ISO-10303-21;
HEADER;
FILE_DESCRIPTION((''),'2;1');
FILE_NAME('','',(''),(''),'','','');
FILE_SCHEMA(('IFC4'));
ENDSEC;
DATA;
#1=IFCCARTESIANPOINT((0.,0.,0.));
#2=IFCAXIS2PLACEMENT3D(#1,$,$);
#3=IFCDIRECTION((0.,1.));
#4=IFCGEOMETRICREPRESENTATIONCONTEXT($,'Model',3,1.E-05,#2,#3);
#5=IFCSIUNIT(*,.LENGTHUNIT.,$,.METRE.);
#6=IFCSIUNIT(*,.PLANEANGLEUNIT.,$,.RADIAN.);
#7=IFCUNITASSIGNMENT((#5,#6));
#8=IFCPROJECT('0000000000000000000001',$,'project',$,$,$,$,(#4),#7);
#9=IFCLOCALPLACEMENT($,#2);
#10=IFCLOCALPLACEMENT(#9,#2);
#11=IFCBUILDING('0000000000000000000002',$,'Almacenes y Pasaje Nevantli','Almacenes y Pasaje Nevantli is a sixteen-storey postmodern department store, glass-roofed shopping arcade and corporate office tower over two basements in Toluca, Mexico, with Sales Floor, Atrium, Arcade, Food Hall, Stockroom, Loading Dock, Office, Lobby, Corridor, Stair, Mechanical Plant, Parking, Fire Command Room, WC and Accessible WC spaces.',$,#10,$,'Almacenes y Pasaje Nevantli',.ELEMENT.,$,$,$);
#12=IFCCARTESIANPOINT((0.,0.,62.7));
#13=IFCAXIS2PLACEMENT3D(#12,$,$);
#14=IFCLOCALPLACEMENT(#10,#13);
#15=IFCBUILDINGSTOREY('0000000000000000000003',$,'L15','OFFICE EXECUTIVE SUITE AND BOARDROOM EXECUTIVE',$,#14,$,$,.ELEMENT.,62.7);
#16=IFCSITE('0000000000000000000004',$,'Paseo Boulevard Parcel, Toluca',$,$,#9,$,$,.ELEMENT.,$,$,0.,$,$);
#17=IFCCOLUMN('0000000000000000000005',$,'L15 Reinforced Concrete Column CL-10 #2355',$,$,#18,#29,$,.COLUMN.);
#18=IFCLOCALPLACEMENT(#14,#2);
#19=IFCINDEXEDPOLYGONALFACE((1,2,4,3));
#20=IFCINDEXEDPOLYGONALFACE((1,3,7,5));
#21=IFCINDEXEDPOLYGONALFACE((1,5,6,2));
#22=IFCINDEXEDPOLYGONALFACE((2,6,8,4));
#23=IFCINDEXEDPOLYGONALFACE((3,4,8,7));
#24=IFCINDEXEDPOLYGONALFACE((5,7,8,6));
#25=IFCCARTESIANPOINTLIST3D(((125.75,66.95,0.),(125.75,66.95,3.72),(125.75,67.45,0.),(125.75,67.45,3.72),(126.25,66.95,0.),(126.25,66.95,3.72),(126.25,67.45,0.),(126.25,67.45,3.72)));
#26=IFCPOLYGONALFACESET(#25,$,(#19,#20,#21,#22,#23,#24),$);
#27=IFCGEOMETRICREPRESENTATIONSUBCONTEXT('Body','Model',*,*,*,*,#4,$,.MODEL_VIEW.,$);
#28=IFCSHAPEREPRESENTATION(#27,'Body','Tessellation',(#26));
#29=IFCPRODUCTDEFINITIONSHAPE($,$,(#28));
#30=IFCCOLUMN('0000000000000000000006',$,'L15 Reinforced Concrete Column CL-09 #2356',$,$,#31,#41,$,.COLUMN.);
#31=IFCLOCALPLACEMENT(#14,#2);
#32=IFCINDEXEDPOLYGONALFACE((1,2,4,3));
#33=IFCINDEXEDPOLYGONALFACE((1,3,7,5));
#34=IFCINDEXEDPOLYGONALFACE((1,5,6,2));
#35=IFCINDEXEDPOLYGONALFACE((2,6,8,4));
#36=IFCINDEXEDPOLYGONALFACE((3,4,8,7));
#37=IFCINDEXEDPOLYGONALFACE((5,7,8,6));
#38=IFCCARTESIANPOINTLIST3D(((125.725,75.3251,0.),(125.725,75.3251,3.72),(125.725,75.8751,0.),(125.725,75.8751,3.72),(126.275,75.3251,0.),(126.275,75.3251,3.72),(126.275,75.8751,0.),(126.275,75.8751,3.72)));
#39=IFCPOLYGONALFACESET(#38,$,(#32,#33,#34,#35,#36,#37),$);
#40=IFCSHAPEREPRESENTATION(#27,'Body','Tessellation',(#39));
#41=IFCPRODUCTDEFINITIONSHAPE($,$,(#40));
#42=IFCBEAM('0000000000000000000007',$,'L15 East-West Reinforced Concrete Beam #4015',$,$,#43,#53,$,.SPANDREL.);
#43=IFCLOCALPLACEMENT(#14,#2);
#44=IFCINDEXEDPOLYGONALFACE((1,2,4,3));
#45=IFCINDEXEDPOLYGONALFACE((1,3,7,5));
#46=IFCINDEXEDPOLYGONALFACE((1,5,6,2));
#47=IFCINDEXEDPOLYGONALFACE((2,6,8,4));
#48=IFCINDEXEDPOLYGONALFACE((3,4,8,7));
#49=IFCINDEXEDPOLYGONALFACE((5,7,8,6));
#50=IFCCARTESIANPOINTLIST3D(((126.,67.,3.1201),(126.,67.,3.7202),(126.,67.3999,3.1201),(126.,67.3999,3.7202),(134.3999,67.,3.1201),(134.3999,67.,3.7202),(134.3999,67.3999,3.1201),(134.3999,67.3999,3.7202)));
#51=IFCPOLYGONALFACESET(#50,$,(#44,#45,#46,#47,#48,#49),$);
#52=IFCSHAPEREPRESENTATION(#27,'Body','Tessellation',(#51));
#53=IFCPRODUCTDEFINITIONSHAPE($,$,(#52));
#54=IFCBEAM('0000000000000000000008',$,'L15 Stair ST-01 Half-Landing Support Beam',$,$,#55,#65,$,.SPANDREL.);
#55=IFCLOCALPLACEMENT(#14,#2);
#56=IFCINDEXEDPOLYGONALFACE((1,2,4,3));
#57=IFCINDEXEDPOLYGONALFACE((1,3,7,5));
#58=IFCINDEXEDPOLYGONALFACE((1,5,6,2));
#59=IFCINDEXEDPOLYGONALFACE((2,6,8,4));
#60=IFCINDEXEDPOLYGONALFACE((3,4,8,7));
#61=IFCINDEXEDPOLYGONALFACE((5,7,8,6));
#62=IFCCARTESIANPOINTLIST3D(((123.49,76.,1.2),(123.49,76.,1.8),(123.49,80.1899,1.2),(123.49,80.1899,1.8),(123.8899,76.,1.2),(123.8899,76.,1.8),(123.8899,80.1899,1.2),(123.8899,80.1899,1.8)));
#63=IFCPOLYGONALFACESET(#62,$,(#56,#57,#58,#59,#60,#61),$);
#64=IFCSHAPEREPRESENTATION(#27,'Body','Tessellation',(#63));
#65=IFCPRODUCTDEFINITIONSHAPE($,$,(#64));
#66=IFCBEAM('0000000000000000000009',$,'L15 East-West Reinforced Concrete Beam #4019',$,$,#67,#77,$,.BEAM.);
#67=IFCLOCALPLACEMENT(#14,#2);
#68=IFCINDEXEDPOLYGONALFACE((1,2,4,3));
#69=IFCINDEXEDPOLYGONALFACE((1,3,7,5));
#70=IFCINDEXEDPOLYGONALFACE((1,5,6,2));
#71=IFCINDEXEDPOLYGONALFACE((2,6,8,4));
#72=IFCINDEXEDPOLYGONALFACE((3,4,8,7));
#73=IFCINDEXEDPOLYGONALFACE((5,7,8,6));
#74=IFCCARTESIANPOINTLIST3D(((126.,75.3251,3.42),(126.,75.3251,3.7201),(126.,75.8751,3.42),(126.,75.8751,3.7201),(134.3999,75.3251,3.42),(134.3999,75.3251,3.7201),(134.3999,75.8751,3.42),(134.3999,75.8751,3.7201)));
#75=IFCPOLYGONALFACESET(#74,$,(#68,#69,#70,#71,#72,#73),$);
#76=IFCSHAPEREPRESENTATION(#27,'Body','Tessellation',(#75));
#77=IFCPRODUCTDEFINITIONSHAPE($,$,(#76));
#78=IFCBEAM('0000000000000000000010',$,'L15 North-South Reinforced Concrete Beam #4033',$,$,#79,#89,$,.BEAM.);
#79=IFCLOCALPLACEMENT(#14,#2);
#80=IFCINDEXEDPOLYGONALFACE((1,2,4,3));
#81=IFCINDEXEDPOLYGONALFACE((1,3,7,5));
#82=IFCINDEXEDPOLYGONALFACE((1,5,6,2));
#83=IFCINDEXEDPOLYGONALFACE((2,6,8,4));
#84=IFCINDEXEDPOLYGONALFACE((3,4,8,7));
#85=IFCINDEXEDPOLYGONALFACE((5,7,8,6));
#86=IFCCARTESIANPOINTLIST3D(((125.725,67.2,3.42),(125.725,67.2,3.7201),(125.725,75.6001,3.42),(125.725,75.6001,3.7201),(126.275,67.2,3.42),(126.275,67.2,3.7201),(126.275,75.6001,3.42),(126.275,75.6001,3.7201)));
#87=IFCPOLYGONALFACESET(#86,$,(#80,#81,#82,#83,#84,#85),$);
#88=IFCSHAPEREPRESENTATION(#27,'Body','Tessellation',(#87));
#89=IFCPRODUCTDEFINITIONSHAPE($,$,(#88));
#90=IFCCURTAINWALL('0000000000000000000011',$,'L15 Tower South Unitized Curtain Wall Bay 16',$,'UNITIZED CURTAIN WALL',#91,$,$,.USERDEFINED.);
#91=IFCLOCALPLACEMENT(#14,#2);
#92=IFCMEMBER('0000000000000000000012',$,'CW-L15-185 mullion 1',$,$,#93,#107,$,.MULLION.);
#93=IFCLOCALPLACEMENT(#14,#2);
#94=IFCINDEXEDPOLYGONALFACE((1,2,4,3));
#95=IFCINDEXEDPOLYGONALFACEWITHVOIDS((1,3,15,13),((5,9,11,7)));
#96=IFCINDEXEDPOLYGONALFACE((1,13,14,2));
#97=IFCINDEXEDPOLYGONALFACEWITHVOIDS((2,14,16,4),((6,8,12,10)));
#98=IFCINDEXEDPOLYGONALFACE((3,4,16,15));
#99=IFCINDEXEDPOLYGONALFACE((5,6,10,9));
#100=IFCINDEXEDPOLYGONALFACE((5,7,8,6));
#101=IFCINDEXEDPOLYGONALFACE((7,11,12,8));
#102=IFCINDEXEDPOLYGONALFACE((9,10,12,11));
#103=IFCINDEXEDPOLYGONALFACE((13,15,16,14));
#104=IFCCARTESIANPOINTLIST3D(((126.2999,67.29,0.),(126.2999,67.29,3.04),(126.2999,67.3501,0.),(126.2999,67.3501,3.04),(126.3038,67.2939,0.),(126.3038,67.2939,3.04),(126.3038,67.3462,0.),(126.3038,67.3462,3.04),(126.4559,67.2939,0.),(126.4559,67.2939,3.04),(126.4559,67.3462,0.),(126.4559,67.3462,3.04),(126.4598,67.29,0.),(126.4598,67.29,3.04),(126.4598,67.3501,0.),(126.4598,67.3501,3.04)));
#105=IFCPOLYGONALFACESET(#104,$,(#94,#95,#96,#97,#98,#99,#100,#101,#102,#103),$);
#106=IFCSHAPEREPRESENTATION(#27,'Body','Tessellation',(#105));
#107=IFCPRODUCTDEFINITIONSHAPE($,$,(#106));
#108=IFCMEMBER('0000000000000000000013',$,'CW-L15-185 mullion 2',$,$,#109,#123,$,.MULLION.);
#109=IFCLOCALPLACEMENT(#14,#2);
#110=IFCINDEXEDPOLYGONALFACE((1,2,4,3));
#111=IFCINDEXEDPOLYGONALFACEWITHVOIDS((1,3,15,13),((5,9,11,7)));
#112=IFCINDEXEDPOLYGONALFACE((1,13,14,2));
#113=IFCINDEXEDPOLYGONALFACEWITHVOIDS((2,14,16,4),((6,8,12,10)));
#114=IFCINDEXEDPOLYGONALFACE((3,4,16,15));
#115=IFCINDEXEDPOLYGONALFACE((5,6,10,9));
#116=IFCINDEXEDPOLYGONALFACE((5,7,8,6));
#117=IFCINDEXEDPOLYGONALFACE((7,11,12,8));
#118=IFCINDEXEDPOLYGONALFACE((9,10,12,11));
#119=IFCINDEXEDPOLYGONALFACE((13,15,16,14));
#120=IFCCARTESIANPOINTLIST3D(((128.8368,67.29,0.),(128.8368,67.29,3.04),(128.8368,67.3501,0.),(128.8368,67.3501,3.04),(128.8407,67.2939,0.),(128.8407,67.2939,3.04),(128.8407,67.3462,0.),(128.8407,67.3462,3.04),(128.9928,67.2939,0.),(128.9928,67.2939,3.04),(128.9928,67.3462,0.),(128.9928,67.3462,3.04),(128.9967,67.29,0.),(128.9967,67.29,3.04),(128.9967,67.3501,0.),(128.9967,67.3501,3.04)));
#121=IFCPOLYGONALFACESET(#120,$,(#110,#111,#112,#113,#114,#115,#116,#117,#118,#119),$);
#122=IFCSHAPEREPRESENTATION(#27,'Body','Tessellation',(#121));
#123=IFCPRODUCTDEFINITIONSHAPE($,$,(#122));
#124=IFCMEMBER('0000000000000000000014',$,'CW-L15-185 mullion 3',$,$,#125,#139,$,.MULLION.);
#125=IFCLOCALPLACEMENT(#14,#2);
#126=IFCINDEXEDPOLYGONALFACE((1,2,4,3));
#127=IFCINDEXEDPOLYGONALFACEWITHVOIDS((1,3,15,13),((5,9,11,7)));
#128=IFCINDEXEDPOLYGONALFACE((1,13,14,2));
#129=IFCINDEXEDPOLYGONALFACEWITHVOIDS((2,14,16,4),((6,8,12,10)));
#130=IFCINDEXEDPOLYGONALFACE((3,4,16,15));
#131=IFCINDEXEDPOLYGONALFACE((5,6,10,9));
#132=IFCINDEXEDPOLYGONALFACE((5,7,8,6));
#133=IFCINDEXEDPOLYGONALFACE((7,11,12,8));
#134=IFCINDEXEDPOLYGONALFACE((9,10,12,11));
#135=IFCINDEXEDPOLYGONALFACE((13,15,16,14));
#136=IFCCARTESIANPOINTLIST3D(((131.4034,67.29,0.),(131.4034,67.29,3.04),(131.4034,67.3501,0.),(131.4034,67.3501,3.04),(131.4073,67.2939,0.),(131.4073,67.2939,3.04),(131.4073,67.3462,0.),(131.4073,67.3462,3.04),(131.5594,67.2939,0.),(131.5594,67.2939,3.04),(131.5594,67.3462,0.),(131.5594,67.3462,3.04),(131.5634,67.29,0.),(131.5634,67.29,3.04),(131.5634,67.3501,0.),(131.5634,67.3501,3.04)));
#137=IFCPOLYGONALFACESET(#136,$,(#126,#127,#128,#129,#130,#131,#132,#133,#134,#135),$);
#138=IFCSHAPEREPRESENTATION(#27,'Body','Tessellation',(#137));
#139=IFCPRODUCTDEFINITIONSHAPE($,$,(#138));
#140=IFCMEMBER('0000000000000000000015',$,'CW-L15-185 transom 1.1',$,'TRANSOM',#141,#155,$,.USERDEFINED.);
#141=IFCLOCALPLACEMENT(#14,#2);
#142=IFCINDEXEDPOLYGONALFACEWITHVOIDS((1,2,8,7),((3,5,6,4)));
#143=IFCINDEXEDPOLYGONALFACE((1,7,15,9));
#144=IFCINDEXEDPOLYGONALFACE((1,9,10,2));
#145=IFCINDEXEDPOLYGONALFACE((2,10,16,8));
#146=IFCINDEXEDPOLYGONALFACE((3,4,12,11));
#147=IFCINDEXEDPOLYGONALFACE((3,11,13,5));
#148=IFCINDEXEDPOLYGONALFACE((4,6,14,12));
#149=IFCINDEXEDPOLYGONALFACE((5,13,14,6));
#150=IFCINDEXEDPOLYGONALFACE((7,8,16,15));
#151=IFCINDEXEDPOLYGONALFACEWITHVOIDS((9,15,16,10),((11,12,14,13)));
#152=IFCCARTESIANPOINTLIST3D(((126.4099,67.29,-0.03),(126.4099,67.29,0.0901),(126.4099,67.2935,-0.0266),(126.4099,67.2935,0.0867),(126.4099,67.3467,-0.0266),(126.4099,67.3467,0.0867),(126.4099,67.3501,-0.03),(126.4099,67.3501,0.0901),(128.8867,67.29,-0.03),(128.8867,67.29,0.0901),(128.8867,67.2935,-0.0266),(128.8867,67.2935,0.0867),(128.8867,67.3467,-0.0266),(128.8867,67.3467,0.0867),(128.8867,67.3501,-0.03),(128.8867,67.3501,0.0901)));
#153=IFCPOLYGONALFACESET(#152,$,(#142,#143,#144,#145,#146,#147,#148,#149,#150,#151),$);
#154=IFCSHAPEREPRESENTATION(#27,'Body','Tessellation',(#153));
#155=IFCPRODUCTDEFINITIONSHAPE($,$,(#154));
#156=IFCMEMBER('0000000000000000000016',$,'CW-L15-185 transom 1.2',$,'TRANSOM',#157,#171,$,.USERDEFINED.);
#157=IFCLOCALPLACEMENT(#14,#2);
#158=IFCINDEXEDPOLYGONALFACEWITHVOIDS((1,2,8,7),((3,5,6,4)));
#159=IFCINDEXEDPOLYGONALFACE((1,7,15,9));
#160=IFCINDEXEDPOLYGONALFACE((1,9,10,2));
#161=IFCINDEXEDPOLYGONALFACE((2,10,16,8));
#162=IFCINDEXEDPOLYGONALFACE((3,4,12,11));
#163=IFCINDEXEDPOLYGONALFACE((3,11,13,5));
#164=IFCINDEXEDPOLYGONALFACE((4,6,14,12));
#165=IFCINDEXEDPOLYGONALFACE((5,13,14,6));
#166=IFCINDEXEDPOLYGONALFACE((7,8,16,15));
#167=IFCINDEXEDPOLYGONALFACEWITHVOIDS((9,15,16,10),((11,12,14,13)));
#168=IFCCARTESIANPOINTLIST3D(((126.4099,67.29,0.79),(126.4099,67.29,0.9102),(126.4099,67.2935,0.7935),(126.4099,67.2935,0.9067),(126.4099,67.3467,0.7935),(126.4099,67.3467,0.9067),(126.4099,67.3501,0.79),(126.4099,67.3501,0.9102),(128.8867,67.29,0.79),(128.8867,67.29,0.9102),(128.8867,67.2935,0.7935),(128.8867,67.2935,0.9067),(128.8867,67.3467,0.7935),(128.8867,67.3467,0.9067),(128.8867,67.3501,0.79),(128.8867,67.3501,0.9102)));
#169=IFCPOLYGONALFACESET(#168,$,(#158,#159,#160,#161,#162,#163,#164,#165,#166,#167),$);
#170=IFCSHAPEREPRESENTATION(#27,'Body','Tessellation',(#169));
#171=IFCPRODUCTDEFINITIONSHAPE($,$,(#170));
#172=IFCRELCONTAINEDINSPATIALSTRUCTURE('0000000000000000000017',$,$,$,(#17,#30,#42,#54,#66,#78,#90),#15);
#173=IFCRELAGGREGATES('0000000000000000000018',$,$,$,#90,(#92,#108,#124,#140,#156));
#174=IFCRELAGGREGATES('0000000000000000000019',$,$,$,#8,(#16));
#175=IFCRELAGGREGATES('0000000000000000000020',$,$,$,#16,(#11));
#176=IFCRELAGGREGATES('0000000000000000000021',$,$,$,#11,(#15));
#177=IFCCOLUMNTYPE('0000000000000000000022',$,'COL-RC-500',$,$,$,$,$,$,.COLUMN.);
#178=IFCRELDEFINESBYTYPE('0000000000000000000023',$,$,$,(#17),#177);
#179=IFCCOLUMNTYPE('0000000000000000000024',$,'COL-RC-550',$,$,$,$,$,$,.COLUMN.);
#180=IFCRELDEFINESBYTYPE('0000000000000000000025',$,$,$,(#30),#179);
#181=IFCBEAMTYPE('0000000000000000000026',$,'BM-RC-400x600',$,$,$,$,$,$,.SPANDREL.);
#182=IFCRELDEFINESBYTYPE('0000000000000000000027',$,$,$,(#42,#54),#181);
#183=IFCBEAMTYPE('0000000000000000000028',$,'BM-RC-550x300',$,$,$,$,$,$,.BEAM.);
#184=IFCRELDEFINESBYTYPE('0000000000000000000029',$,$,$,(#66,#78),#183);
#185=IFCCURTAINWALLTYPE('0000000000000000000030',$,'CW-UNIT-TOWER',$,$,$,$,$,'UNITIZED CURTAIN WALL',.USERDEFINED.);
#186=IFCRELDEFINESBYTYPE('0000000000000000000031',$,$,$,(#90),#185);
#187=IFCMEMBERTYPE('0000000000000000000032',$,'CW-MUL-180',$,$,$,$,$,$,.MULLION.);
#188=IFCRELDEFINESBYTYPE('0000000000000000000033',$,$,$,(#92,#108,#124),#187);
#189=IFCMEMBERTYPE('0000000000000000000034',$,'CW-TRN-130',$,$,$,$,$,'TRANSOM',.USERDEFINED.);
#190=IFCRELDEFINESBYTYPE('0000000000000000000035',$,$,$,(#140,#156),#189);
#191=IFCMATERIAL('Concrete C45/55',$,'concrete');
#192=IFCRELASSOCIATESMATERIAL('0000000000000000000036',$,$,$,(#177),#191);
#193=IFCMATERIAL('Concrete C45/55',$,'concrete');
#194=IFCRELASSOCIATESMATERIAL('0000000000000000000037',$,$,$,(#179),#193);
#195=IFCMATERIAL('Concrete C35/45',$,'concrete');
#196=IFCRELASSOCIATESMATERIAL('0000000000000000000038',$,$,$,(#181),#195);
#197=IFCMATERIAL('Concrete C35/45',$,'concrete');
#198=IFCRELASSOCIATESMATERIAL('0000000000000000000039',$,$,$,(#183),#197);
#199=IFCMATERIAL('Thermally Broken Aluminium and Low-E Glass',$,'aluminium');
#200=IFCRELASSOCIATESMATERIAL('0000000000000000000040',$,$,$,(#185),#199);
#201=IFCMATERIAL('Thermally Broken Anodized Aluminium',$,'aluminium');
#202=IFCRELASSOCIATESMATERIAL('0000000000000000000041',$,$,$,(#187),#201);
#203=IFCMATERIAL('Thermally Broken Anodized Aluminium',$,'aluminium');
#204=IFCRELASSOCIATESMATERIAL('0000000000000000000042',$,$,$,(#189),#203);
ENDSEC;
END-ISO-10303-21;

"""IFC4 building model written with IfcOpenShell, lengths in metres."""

from ifc_helpers import new_model, si_unit, direction, frame, origin, origin_2d, place, context, subcontext, project, spatial, rectangle, hollow_rectangle, extrude, material, material_profile, profile_set, type_object, element, aggregate, save


model = new_model("IFC4")

# Units and contexts
model_context = context("Model", 3, precision=1e-05, world=origin(), true_north=direction((0.0, 1.0)))
body_context = subcontext(model_context, "Body", "Model", "MODEL_VIEW")
ifc_project = project(units=[si_unit("LENGTHUNIT", "METRE"), si_unit("PLANEANGLEUNIT", "RADIAN")], contexts=[model_context])

# Site, building, storey
site_placement = place(None, origin())
site = spatial("IfcSite", under=ifc_project, at=site_placement, Name="Paseo Boulevard Parcel, Toluca", CompositionType="ELEMENT", RefElevation=0.0)
building_placement = place(site_placement, origin())
building = spatial("IfcBuilding", under=site, at=building_placement, Name="Almacenes y Pasaje Nevantli", Description="Almacenes y Pasaje Nevantli is a sixteen-storey postmodern department store, glass-roofed shopping arcade and corporate office tower over two basements in Toluca, Mexico, with Sales Floor, Atrium, Arcade, Food Hall, Stockroom, Loading Dock, Office, Lobby, Corridor, Stair, Mechanical Plant, Parking, Fire Command Room, WC and Accessible WC spaces.", LongName="Almacenes y Pasaje Nevantli", CompositionType="ELEMENT")
storey_placement = place(building_placement, frame((0.0, 0.0, 62.7)))
storey = spatial("IfcBuildingStorey", under=building, at=storey_placement, Name="L15", Description="OFFICE EXECUTIVE SUITE AND BOARDROOM EXECUTIVE", CompositionType="ELEMENT", Elevation=62.7)

# Columns
ifc_material_1 = material(Name="Concrete C45/55", Category="concrete")
ifc_material_profile_1 = material_profile(ifc_material_1, rectangle(XDim=0.5, YDim=0.5, at=origin_2d()), Name="RC-COL-500x500")
ifc_profile_set_1 = profile_set([ifc_material_profile_1], Name="Concrete C45/55")
column_type_1 = type_object("IfcColumnType", Name="COL-RC-500", PredefinedType="COLUMN", material=ifc_profile_set_1)
column_1_placement = place(storey_placement, frame((126.0, 67.2, 0.0), z_axis=(0.0, 0.0, 1.0), x_axis=(1.0, 0.0, 0.0)))
element("IfcColumn", 1, at=column_1_placement, inside=storey, type_object=column_type_1, Name="L15 Reinforced Concrete Column CL-10 #2355", PredefinedType="COLUMN", context=body_context, shape_type="SweptSolid", body=[
    extrude(rectangle(XDim=0.5, YDim=0.5, at=origin_2d()), origin(), (0.0, 0.0, 1.0), 3.72),
])
ifc_material_2 = material(Name="Concrete C45/55", Category="concrete")
ifc_material_profile_2 = material_profile(ifc_material_2, rectangle(XDim=0.55, YDim=0.55, at=origin_2d()), Name="RC-COL-550x550")
ifc_profile_set_2 = profile_set([ifc_material_profile_2], Name="Concrete C45/55")
column_type_2 = type_object("IfcColumnType", Name="COL-RC-550", PredefinedType="COLUMN", material=ifc_profile_set_2)
column_2_placement = place(storey_placement, frame((126.0, 75.6001, 0.0), z_axis=(0.0, 0.0, 1.0), x_axis=(1.0, 0.0, 0.0)))
element("IfcColumn", 2, at=column_2_placement, inside=storey, type_object=column_type_2, Name="L15 Reinforced Concrete Column CL-09 #2356", PredefinedType="COLUMN", context=body_context, shape_type="SweptSolid", body=[
    extrude(rectangle(XDim=0.55, YDim=0.55, at=origin_2d()), origin(), (0.0, 0.0, 1.0), 3.72),
])

# Beams
ifc_material_3 = material(Name="Concrete C35/45", Category="concrete")
ifc_material_profile_3 = material_profile(ifc_material_3, rectangle(XDim=0.3999, YDim=0.6001, at=origin_2d()), Name="RC-BM-400x600")
ifc_profile_set_3 = profile_set([ifc_material_profile_3], Name="Concrete C35/45")
beam_type_1 = type_object("IfcBeamType", Name="BM-RC-400x600", PredefinedType="SPANDREL", material=ifc_profile_set_3)
beam_1_placement = place(storey_placement, frame((126.0, 67.2, 3.4202), z_axis=(1.0, 0.0, 0.0), x_axis=(0.0, 1.0, 0.0)))
element("IfcBeam", 3, at=beam_1_placement, inside=storey, type_object=beam_type_1, Name="L15 East-West Reinforced Concrete Beam #4015", PredefinedType="SPANDREL", context=body_context, shape_type="SweptSolid", body=[
    extrude(rectangle(XDim=0.3999, YDim=0.6001, at=origin_2d()), origin(), (0.0, 0.0, 1.0), 8.3999),
])
beam_2_placement = place(storey_placement, frame((123.6899, 76.0, 1.5), z_axis=(0.0, 1.0, 0.0), x_axis=(-1.0, 0.0, 0.0)))
element("IfcBeam", 4, at=beam_2_placement, inside=storey, type_object=beam_type_1, Name="L15 Stair ST-01 Half-Landing Support Beam", PredefinedType="SPANDREL", context=body_context, shape_type="SweptSolid", body=[
    extrude(rectangle(XDim=0.3999, YDim=0.6001, at=origin_2d()), origin(), (0.0, 0.0, 1.0), 4.1899),
])
ifc_material_4 = material(Name="Concrete C35/45", Category="concrete")
ifc_material_profile_4 = material_profile(ifc_material_4, rectangle(XDim=0.55, YDim=0.3, at=origin_2d()), Name="RC-BM-550x300")
ifc_profile_set_4 = profile_set([ifc_material_profile_4], Name="Concrete C35/45")
beam_type_2 = type_object("IfcBeamType", Name="BM-RC-550x300", PredefinedType="BEAM", material=ifc_profile_set_4)
beam_3_placement = place(storey_placement, frame((126.0, 75.6001, 3.5701), z_axis=(1.0, 0.0, 0.0), x_axis=(0.0, 1.0, 0.0)))
element("IfcBeam", 5, at=beam_3_placement, inside=storey, type_object=beam_type_2, Name="L15 East-West Reinforced Concrete Beam #4019", PredefinedType="BEAM", context=body_context, shape_type="SweptSolid", body=[
    extrude(rectangle(XDim=0.55, YDim=0.3, at=origin_2d()), origin(), (0.0, 0.0, 1.0), 8.3999),
])
beam_4_placement = place(storey_placement, frame((126.0, 67.2, 3.5701), z_axis=(0.0, 1.0, 0.0), x_axis=(-1.0, 0.0, 0.0)))
element("IfcBeam", 6, at=beam_4_placement, inside=storey, type_object=beam_type_2, Name="L15 North-South Reinforced Concrete Beam #4033", PredefinedType="BEAM", context=body_context, shape_type="SweptSolid", body=[
    extrude(rectangle(XDim=0.55, YDim=0.3, at=origin_2d()), origin(), (0.0, 0.0, 1.0), 8.4001),
])

# Curtain wall, members
ifc_material_5 = material(Name="Thermally Broken Aluminium and Low-E Glass", Category="aluminium")
curtain_wall_type = type_object("IfcCurtainWallType", Name="CW-UNIT-TOWER", ElementType="UNITIZED CURTAIN WALL", PredefinedType="USERDEFINED", material=ifc_material_5)
curtain_wall_placement = place(storey_placement, origin())
curtain_wall = element("IfcCurtainWall", 7, at=curtain_wall_placement, inside=storey, type_object=curtain_wall_type, Name="L15 Tower South Unitized Curtain Wall Bay 16", ObjectType="UNITIZED CURTAIN WALL", PredefinedType="USERDEFINED")
ifc_material_6 = material(Name="Thermally Broken Anodized Aluminium", Category="aluminium")
ifc_material_profile_5 = material_profile(ifc_material_6, hollow_rectangle(XDim=0.0601, YDim=0.1599, WallThickness=0.0039, at=origin_2d()), Name="ALU-MUL-60x160")
ifc_profile_set_5 = profile_set([ifc_material_profile_5], Name="Thermally Broken Anodized Aluminium")
member_type_1 = type_object("IfcMemberType", Name="CW-MUL-180", PredefinedType="MULLION", material=ifc_profile_set_5)
member_1_placement = place(storey_placement, frame((126.3799, 67.3201, 0.0), z_axis=(0.0, 0.0, 1.0), x_axis=(0.0, 1.0, 0.0)))
member_1 = element("IfcMember", 8, at=member_1_placement, type_object=member_type_1, Name="CW-L15-185 mullion 1", PredefinedType="MULLION", context=body_context, shape_type="SweptSolid", body=[
    extrude(hollow_rectangle(XDim=0.0601, YDim=0.1599, WallThickness=0.0039, at=origin_2d()), origin(), (0.0, 0.0, 1.0), 3.04),
])
member_2_placement = place(storey_placement, frame((128.9167, 67.3201, 0.0), z_axis=(0.0, 0.0, 1.0), x_axis=(0.0, 1.0, 0.0)))
member_2 = element("IfcMember", 9, at=member_2_placement, type_object=member_type_1, Name="CW-L15-185 mullion 2", PredefinedType="MULLION", context=body_context, shape_type="SweptSolid", body=[
    extrude(hollow_rectangle(XDim=0.0601, YDim=0.1599, WallThickness=0.0039, at=origin_2d()), origin(), (0.0, 0.0, 1.0), 3.04),
])
member_3_placement = place(storey_placement, frame((131.4834, 67.3201, 0.0), z_axis=(0.0, 0.0, 1.0), x_axis=(0.0, 1.0, 0.0)))
member_3 = element("IfcMember", 10, at=member_3_placement, type_object=member_type_1, Name="CW-L15-185 mullion 3", PredefinedType="MULLION", context=body_context, shape_type="SweptSolid", body=[
    extrude(hollow_rectangle(XDim=0.0601, YDim=0.1599, WallThickness=0.0039, at=origin_2d()), origin(), (0.0, 0.0, 1.0), 3.04),
])
ifc_material_7 = material(Name="Thermally Broken Anodized Aluminium", Category="aluminium")
ifc_material_profile_6 = material_profile(ifc_material_7, hollow_rectangle(XDim=0.0601, YDim=0.1201, WallThickness=0.0034, at=origin_2d()), Name="ALU-TRN-60x120")
ifc_profile_set_6 = profile_set([ifc_material_profile_6], Name="Thermally Broken Anodized Aluminium")
member_type_2 = type_object("IfcMemberType", Name="CW-TRN-130", ElementType="TRANSOM", PredefinedType="USERDEFINED", material=ifc_profile_set_6)
member_4_placement = place(storey_placement, frame((126.4099, 67.3201, 0.03), z_axis=(1.0, 0.0, 0.0), x_axis=(0.0, 1.0, 0.0)))
member_4 = element("IfcMember", 11, at=member_4_placement, type_object=member_type_2, Name="CW-L15-185 transom 1.1", ObjectType="TRANSOM", PredefinedType="USERDEFINED", context=body_context, shape_type="SweptSolid", body=[
    extrude(hollow_rectangle(XDim=0.0601, YDim=0.1201, WallThickness=0.0034, at=origin_2d()), origin(), (0.0, 0.0, 1.0), 2.4768),
])
member_5_placement = place(storey_placement, frame((126.4099, 67.3201, 0.8501), z_axis=(1.0, 0.0, 0.0), x_axis=(0.0, 1.0, 0.0)))
member_5 = element("IfcMember", 12, at=member_5_placement, type_object=member_type_2, Name="CW-L15-185 transom 1.2", ObjectType="TRANSOM", PredefinedType="USERDEFINED", context=body_context, shape_type="SweptSolid", body=[
    extrude(hollow_rectangle(XDim=0.0601, YDim=0.1201, WallThickness=0.0034, at=origin_2d()), origin(), (0.0, 0.0, 1.0), 2.4768),
])
aggregate(curtain_wall, [member_1, member_2, member_3, member_4, member_5])

save(model, "model.ifc")
